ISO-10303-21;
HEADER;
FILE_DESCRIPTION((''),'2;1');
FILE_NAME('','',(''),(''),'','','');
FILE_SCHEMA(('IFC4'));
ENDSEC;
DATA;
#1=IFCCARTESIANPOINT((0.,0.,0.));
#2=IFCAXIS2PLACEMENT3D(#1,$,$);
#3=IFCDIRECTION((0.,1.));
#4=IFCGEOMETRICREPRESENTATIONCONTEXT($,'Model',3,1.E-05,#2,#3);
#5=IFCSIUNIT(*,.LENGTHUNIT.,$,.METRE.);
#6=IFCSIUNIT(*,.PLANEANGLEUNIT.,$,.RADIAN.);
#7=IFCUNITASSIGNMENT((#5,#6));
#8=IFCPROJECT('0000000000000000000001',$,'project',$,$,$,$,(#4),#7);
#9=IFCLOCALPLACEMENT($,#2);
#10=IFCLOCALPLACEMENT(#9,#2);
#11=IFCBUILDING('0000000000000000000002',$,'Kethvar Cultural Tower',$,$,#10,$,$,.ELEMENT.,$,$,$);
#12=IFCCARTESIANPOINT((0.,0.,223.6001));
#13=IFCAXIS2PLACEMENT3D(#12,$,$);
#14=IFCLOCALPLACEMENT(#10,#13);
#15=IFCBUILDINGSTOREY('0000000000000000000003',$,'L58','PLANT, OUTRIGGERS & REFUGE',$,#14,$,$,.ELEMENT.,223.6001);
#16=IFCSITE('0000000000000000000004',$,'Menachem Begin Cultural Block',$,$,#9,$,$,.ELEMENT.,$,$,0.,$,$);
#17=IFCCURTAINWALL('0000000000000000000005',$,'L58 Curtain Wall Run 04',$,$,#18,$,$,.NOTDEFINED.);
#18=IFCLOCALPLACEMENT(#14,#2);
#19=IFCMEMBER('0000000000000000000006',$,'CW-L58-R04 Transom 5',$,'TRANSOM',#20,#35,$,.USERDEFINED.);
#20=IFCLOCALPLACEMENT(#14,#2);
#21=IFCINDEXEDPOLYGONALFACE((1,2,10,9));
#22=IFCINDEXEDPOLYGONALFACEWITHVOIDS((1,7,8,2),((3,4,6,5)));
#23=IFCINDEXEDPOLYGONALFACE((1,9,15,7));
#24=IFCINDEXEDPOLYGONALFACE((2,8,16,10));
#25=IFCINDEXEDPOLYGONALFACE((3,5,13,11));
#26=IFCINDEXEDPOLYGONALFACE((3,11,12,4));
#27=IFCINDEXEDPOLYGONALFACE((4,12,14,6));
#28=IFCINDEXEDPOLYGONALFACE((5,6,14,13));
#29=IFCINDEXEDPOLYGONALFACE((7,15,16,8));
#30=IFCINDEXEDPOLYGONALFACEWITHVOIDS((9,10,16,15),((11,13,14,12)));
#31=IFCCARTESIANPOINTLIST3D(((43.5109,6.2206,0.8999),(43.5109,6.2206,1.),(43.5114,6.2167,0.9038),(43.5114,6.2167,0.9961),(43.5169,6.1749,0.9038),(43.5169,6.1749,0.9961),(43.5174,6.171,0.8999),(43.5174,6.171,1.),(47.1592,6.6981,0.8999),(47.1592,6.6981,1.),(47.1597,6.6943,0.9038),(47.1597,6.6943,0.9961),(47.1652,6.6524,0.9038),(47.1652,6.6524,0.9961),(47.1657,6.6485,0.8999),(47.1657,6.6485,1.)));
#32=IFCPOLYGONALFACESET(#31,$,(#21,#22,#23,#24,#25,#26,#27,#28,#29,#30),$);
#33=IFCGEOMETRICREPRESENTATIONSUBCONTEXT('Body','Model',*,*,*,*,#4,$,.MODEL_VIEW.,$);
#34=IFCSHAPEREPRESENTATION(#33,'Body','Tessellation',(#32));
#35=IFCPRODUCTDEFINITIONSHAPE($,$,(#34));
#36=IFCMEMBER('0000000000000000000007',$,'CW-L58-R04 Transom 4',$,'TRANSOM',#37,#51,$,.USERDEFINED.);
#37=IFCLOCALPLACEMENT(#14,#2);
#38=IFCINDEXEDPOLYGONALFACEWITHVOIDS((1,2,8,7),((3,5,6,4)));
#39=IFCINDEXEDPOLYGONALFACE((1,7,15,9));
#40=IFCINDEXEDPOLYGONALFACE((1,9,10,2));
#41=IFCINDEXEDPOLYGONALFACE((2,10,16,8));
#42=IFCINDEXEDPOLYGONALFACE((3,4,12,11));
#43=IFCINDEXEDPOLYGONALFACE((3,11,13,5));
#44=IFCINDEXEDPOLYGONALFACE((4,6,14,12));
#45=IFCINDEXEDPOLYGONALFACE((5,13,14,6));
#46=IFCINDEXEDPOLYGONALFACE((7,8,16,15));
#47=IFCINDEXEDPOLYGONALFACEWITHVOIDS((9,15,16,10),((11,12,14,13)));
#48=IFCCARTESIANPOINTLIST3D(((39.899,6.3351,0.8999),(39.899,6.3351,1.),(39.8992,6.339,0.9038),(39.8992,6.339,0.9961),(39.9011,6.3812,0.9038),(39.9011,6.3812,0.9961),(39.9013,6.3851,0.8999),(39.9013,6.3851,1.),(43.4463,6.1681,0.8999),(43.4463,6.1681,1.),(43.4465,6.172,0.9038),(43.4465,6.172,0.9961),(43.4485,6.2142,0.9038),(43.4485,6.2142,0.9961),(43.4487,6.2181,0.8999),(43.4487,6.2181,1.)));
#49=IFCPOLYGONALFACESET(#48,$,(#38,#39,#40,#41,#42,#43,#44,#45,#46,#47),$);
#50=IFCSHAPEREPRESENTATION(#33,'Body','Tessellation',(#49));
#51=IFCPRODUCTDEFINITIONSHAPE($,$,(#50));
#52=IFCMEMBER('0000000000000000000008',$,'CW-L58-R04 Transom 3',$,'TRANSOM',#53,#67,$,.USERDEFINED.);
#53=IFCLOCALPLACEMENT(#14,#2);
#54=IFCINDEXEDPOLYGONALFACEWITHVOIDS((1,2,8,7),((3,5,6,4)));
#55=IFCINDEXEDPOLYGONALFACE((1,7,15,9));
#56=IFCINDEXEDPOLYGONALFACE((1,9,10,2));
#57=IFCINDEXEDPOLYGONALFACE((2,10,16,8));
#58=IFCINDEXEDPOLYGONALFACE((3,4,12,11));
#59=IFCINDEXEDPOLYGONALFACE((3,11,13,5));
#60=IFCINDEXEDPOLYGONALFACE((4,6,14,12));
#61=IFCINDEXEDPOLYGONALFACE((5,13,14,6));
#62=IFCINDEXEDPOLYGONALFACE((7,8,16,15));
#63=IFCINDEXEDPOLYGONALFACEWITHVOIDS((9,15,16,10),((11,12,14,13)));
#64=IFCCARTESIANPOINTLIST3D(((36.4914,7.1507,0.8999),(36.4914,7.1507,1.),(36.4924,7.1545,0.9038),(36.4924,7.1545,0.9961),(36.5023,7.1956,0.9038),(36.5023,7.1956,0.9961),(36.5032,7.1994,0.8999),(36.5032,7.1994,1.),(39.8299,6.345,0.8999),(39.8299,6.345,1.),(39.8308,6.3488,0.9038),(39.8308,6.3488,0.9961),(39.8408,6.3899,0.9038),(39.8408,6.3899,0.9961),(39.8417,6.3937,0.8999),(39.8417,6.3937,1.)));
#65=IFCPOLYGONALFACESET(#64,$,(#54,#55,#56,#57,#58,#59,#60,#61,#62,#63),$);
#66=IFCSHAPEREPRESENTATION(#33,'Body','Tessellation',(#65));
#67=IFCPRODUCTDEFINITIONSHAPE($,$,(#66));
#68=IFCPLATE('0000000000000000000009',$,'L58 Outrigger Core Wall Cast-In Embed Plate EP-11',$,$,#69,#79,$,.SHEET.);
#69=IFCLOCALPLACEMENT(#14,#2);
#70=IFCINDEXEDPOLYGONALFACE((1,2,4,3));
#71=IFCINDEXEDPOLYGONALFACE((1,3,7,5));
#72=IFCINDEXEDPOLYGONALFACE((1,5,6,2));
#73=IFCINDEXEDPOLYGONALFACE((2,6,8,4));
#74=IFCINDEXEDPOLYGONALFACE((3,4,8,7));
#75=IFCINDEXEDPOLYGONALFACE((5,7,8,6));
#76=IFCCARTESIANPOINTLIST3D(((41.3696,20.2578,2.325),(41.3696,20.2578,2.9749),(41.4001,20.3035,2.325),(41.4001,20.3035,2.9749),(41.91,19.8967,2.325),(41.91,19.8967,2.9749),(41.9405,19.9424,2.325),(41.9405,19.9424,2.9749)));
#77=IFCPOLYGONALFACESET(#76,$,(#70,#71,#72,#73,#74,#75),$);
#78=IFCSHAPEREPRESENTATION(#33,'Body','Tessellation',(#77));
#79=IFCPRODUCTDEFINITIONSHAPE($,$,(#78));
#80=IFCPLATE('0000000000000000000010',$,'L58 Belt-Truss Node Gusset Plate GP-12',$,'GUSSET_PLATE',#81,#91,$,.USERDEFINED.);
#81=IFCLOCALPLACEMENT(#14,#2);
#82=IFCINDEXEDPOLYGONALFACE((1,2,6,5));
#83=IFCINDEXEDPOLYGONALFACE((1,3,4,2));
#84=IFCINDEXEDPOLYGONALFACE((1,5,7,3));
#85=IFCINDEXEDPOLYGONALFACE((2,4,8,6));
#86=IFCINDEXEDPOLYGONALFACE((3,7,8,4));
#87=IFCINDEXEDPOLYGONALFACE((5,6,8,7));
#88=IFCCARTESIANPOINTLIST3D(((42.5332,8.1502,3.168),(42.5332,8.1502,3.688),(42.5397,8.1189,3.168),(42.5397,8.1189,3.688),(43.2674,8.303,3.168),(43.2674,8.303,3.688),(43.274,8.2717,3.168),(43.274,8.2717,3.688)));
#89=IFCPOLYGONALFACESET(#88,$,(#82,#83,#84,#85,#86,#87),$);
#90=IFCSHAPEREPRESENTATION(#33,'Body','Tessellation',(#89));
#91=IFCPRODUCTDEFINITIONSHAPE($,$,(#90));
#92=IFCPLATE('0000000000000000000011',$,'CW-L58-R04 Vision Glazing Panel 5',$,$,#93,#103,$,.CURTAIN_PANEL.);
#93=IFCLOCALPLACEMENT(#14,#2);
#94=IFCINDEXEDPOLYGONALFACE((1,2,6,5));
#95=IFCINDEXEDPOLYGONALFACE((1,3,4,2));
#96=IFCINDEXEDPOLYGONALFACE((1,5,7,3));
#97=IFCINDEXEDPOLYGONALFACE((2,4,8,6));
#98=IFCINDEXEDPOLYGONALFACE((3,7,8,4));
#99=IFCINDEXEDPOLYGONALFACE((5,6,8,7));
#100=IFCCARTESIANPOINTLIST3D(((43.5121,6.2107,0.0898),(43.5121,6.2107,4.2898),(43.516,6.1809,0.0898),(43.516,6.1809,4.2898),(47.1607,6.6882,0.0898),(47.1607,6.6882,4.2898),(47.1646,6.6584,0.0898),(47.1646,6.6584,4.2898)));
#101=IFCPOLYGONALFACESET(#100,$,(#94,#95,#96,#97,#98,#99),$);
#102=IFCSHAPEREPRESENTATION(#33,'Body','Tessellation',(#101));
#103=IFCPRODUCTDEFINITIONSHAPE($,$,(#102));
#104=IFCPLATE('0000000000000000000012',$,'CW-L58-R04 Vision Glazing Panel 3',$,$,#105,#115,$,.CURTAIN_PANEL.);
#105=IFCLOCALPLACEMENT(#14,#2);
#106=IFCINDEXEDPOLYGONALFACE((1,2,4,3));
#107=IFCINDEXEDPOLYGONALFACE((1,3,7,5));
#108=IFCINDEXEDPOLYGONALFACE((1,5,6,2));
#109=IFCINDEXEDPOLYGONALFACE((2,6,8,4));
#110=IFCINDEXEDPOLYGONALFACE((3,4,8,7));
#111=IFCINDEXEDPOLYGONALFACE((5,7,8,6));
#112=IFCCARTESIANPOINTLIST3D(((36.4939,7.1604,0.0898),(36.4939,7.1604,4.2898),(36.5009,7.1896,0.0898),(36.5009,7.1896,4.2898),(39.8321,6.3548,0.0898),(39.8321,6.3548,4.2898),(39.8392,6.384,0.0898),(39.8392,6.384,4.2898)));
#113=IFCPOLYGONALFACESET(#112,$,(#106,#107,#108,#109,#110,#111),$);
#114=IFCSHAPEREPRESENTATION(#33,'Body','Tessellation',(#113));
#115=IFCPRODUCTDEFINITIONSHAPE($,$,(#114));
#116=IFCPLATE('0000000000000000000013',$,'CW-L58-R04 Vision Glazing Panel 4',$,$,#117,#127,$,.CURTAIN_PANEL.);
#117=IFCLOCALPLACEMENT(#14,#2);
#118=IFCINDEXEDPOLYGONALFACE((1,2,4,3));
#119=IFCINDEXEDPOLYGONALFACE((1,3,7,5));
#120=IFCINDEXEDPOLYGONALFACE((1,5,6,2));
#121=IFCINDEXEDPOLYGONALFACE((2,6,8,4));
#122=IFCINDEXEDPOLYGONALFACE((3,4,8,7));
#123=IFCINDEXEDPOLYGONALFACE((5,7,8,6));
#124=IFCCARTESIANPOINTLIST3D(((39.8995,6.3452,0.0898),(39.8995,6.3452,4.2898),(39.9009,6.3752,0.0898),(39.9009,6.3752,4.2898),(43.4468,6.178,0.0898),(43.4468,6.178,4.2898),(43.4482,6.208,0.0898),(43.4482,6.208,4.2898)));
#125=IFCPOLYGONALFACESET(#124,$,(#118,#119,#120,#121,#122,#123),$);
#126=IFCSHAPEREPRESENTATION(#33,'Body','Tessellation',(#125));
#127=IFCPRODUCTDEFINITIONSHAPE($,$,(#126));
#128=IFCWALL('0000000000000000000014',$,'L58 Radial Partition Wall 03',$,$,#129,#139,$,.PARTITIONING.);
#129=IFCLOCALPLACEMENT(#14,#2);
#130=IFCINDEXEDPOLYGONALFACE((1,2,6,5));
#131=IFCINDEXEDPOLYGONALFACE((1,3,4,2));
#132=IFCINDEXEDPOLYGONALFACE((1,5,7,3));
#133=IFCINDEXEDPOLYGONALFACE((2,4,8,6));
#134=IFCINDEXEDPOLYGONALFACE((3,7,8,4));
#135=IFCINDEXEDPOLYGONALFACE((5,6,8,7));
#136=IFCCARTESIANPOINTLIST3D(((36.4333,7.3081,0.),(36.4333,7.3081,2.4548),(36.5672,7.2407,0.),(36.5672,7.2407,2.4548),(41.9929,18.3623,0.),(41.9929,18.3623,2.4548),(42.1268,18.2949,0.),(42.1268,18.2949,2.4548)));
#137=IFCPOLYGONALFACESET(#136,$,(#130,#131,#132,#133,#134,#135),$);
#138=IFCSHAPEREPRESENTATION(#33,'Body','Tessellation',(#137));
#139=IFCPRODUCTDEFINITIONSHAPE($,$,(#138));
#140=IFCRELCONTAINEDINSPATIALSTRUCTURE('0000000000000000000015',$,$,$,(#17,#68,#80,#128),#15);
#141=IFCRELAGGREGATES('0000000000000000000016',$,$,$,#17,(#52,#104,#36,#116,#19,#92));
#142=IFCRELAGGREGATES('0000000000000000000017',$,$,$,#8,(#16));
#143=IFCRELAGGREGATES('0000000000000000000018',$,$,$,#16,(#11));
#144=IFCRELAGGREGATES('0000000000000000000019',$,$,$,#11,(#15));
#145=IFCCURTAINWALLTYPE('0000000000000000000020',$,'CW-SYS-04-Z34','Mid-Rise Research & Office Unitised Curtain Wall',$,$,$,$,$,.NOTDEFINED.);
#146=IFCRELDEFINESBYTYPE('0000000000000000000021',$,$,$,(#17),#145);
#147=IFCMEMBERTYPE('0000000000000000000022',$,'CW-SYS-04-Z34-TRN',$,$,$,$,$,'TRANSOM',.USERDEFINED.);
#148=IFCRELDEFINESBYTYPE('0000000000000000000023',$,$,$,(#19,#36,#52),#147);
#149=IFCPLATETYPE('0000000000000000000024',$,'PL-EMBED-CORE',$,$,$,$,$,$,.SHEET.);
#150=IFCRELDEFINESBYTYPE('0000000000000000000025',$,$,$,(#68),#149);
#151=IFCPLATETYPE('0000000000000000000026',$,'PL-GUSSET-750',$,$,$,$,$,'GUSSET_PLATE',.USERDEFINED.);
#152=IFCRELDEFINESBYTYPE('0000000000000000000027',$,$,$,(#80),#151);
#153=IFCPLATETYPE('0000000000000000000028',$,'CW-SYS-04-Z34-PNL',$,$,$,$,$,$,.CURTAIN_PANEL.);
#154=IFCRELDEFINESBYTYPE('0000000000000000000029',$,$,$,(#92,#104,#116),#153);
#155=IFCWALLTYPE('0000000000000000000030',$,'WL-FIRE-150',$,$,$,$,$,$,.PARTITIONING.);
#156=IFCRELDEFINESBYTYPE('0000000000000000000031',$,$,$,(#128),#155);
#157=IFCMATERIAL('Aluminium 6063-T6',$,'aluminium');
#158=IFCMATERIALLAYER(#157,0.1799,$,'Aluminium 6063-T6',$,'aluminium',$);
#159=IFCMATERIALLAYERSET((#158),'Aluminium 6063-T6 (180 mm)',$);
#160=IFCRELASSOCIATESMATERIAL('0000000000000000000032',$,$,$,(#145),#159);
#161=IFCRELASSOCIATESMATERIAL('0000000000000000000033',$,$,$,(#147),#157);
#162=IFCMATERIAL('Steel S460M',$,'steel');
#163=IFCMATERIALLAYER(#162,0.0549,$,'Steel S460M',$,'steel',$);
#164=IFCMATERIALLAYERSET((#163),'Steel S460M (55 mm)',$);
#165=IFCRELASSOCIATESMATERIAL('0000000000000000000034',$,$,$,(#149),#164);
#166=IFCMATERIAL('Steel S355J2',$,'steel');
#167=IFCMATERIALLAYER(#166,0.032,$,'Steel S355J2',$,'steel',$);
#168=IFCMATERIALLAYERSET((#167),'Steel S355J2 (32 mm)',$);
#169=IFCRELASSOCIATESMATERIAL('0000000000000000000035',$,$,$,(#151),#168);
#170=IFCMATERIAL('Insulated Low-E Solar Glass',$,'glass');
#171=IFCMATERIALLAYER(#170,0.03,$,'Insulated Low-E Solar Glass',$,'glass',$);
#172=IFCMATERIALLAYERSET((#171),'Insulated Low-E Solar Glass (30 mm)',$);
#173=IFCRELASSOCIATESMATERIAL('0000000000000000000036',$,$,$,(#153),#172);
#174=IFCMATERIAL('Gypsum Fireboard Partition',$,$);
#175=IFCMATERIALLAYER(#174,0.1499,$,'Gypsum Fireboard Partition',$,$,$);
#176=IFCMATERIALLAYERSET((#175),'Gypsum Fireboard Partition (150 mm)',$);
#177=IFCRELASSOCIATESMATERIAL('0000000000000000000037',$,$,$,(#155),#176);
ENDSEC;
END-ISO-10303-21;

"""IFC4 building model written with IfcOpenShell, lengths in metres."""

from ifc_helpers import new_model, si_unit, direction, frame, frame_2d, origin, origin_2d, place, context, subcontext, project, spatial, rectangle, hollow_rectangle, extrude, source, transform, mapped, material, layer, layer_set, material_profile, profile_set, type_object, element, aggregate, save


model = new_model("IFC4")

# Units and contexts
model_context = context("Model", 3, precision=1e-05, world=origin(), true_north=direction((0.0, 1.0)))
body_context = subcontext(model_context, "Body", "Model", "MODEL_VIEW")
ifc_project = project(units=[si_unit("LENGTHUNIT", "METRE"), si_unit("PLANEANGLEUNIT", "RADIAN")], contexts=[model_context])

# Site, building, storey
site_placement = place(None, origin())
site = spatial("IfcSite", under=ifc_project, at=site_placement, Name="Menachem Begin Cultural Block", CompositionType="ELEMENT", RefElevation=0.0)
building_placement = place(site_placement, origin())
building = spatial("IfcBuilding", under=site, at=building_placement, Name="Kethvar Cultural Tower", CompositionType="ELEMENT")
storey_placement = place(building_placement, frame((0.0, 0.0, 223.6001)))
storey = spatial("IfcBuildingStorey", under=building, at=storey_placement, Name="L58", Description="PLANT, OUTRIGGERS & REFUGE", CompositionType="ELEMENT", Elevation=223.6001)

# Shared definitions
ifc_material_1 = material(Name="Steel S460M", Category="steel")

# Shared definitions
ifc_material_2 = material(Name="Steel S355J2", Category="steel")

# Curtain wall, members
ifc_material_3 = material(Name="Aluminium 6063-T6", Category="aluminium")
ifc_layer_1 = layer(ifc_material_3, 0.1799, Name="Aluminium 6063-T6", Category="aluminium")
ifc_layer_set_1 = layer_set([ifc_layer_1], Name="Aluminium 6063-T6 (180 mm)")
curtain_wall_type = type_object("IfcCurtainWallType", Name="CW-SYS-04-Z34", Description="Mid-Rise Research & Office Unitised Curtain Wall", PredefinedType="NOTDEFINED", material=ifc_layer_set_1)
curtain_wall_placement = place(storey_placement, origin())
curtain_wall = element("IfcCurtainWall", 1, at=curtain_wall_placement, inside=storey, type_object=curtain_wall_type, Name="L58 Curtain Wall Run 04", PredefinedType="NOTDEFINED")
ifc_material_profile_1 = material_profile(ifc_material_3, hollow_rectangle(XDim=0.05, YDim=0.1001, WallThickness=0.0039, at=origin_2d()), Name="Aluminium 6063-T6 — RHS100x50x4")
ifc_profile_set_1 = profile_set([ifc_material_profile_1], Name="Aluminium 6063-T6 — RHS100x50x4")
member_type_1 = type_object("IfcMemberType", Name="CW-SYS-04-Z34-TRN", ElementType="TRANSOM", PredefinedType="USERDEFINED", material=ifc_profile_set_1)
shared_shape_1 = source(origin(), body_context, "Body", "SweptSolid", [
    extrude(hollow_rectangle(XDim=0.05, YDim=0.1001, WallThickness=0.0039, at=origin_2d()), origin(), (0.0, 0.0, 1.0), 3.6794),
])
member_1_placement = place(storey_placement, frame((43.5142, 6.1958, 0.95), z_axis=(0.991543, 0.129782, 0.0), x_axis=(-0.129782, 0.991543, 0.0)))
member_1 = element("IfcMember", 2, at=member_1_placement, type_object=member_type_1, Name="CW-L58-R04 Transom 5", ObjectType="TRANSOM", PredefinedType="USERDEFINED", context=body_context, shape_type="MappedRepresentation", body=[
    mapped(shared_shape_1, transform((0.0, 0.0, 0.0), scale=1.0)),
])
shared_shape_2 = source(origin(), body_context, "Body", "SweptSolid", [
    extrude(hollow_rectangle(XDim=0.05, YDim=0.1001, WallThickness=0.0039, at=origin_2d()), origin(), (0.0, 0.0, 1.0), 3.5513),
])
member_2_placement = place(storey_placement, frame((39.9001, 6.3601, 0.95), z_axis=(0.998894, -0.047023, 0.0), x_axis=(0.047023, 0.998894, 0.0)))
member_2 = element("IfcMember", 3, at=member_2_placement, type_object=member_type_1, Name="CW-L58-R04 Transom 4", ObjectType="TRANSOM", PredefinedType="USERDEFINED", context=body_context, shape_type="MappedRepresentation", body=[
    mapped(shared_shape_2, transform((0.0, 0.0, 0.0), scale=1.0)),
])
shared_shape_3 = source(origin(), body_context, "Body", "SweptSolid", [
    extrude(hollow_rectangle(XDim=0.05, YDim=0.1001, WallThickness=0.0039, at=origin_2d()), origin(), (0.0, 0.0, 1.0), 3.4343),
])
member_3_placement = place(storey_placement, frame((36.4973, 7.175, 0.95), z_axis=(0.972092, -0.234599, 0.0), x_axis=(0.234599, 0.972092, 0.0)))
member_3 = element("IfcMember", 4, at=member_3_placement, type_object=member_type_1, Name="CW-L58-R04 Transom 3", ObjectType="TRANSOM", PredefinedType="USERDEFINED", context=body_context, shape_type="MappedRepresentation", body=[
    mapped(shared_shape_3, transform((0.0, 0.0, 0.0), scale=1.0)),
])

# Plates
ifc_layer_2 = layer(ifc_material_1, 0.0549, Name="Steel S460M", Category="steel")
ifc_layer_set_2 = layer_set([ifc_layer_2], Name="Steel S460M (55 mm)")
plate_type_1 = type_object("IfcPlateType", Name="PL-EMBED-CORE", PredefinedType="SHEET", material=ifc_layer_set_2)
shared_shape_4 = source(origin(), body_context, "Body", "SweptSolid", [
    extrude(rectangle(XDim=0.0549, YDim=0.6499, at=origin_2d()), origin(), (0.0, 0.0, 1.0), 0.6499),
])
plate_1_placement = place(storey_placement, frame((41.655, 20.1001, 2.325), z_axis=(0.0, 0.0, 1.0), x_axis=(-0.55557, -0.83147, 0.0)))
element("IfcPlate", 5, at=plate_1_placement, inside=storey, type_object=plate_type_1, Name="L58 Outrigger Core Wall Cast-In Embed Plate EP-11", PredefinedType="SHEET", context=body_context, shape_type="MappedRepresentation", body=[
    mapped(shared_shape_4, transform((0.0, 0.0, 0.0), scale=1.0)),
])
ifc_layer_3 = layer(ifc_material_2, 0.032, Name="Steel S355J2", Category="steel")
ifc_layer_set_3 = layer_set([ifc_layer_3], Name="Steel S355J2 (32 mm)")
plate_type_2 = type_object("IfcPlateType", Name="PL-GUSSET-750", ElementType="GUSSET_PLATE", PredefinedType="USERDEFINED", material=ifc_layer_set_3)
shared_shape_5 = source(origin(), body_context, "Body", "SweptSolid", [
    extrude(rectangle(XDim=0.75, YDim=0.032, at=origin_2d()), origin(), (0.0, 0.0, 1.0), 0.52),
])
plate_2_placement = place(storey_placement, frame((42.9036, 8.2109, 3.168), z_axis=(0.0, 0.0, 1.0), x_axis=(0.979014, 0.203791, 0.0)))
element("IfcPlate", 6, at=plate_2_placement, inside=storey, type_object=plate_type_2, Name="L58 Belt-Truss Node Gusset Plate GP-12", ObjectType="GUSSET_PLATE", PredefinedType="USERDEFINED", context=body_context, shape_type="MappedRepresentation", body=[
    mapped(shared_shape_5, transform((0.0, 0.0, 0.0), scale=1.0)),
])

# Plates
ifc_material_4 = material(Name="Insulated Low-E Solar Glass", Category="glass")
ifc_layer_4 = layer(ifc_material_4, 0.03, Name="Insulated Low-E Solar Glass", Category="glass")
ifc_layer_set_4 = layer_set([ifc_layer_4], Name="Insulated Low-E Solar Glass (30 mm)")
plate_type_3 = type_object("IfcPlateType", Name="CW-SYS-04-Z34-PNL", PredefinedType="CURTAIN_PANEL", material=ifc_layer_set_4)
shared_shape_6 = source(origin(), body_context, "Body", "SweptSolid", [
    extrude(rectangle(XDim=3.6797, YDim=0.03, at=origin_2d()), origin(), (0.0, 0.0, 1.0), 4.2),
])
plate_3_placement = place(storey_placement, frame((45.3384, 6.4346, 0.0898), z_axis=(0.0, 0.0, 1.0), x_axis=(0.991545, 0.129765, 0.0)))
plate_3 = element("IfcPlate", 7, at=plate_3_placement, type_object=plate_type_3, Name="CW-L58-R04 Vision Glazing Panel 5", PredefinedType="CURTAIN_PANEL", context=body_context, shape_type="MappedRepresentation", body=[
    mapped(shared_shape_6, transform((0.0, 0.0, 0.0), scale=1.0)),
])
shared_shape_7 = source(origin(), body_context, "Body", "SweptSolid", [
    extrude(rectangle(XDim=3.4341, YDim=0.03, at=origin_2d()), origin(), (0.0, 0.0, 1.0), 4.2),
])
plate_4_placement = place(storey_placement, frame((38.1665, 6.7722, 0.0898), z_axis=(0.0, 0.0, 1.0), x_axis=(0.972096, -0.234582, 0.0)))
plate_4 = element("IfcPlate", 8, at=plate_4_placement, type_object=plate_type_3, Name="CW-L58-R04 Vision Glazing Panel 3", PredefinedType="CURTAIN_PANEL", context=body_context, shape_type="MappedRepresentation", body=[
    mapped(shared_shape_7, transform((0.0, 0.0, 0.0), scale=1.0)),
])
shared_shape_8 = source(origin(), body_context, "Body", "SweptSolid", [
    extrude(rectangle(XDim=3.5513, YDim=0.03, at=origin_2d()), origin(), (0.0, 0.0, 1.0), 4.2),
])
plate_5_placement = place(storey_placement, frame((41.6738, 6.2766, 0.0898), z_axis=(0.0, 0.0, 1.0), x_axis=(0.998892, -0.047072, 0.0)))
plate_5 = element("IfcPlate", 9, at=plate_5_placement, type_object=plate_type_3, Name="CW-L58-R04 Vision Glazing Panel 4", PredefinedType="CURTAIN_PANEL", context=body_context, shape_type="MappedRepresentation", body=[
    mapped(shared_shape_8, transform((0.0, 0.0, 0.0), scale=1.0)),
])
aggregate(curtain_wall, [member_3, plate_4, member_2, plate_5, member_1, plate_3])

# Wall
ifc_material_5 = material(Name="Gypsum Fireboard Partition")
ifc_layer_5 = layer(ifc_material_5, 0.1499, Name="Gypsum Fireboard Partition")
ifc_layer_set_5 = layer_set([ifc_layer_5], Name="Gypsum Fireboard Partition (150 mm)")
wall_type_1 = type_object("IfcWallType", Name="WL-FIRE-150", PredefinedType="PARTITIONING", material=ifc_layer_set_5)
wall_1_placement = place(storey_placement, frame((42.0598, 18.3286, 0.0), z_axis=(0.0, 0.0, 1.0), x_axis=(-0.449312, -0.893375, 0.0)))
element("IfcWall", 10, at=wall_1_placement, inside=storey, type_object=wall_type_1, Name="L58 Radial Partition Wall 03", PredefinedType="PARTITIONING", context=body_context, shape_type="SweptSolid", body=[
    extrude(rectangle(XDim=12.3735, YDim=0.1499, at=frame_2d((6.1868, 0.0))), origin(), (0.0, 0.0, 1.0), 2.4548),
])

save(model, "model.ifc")
